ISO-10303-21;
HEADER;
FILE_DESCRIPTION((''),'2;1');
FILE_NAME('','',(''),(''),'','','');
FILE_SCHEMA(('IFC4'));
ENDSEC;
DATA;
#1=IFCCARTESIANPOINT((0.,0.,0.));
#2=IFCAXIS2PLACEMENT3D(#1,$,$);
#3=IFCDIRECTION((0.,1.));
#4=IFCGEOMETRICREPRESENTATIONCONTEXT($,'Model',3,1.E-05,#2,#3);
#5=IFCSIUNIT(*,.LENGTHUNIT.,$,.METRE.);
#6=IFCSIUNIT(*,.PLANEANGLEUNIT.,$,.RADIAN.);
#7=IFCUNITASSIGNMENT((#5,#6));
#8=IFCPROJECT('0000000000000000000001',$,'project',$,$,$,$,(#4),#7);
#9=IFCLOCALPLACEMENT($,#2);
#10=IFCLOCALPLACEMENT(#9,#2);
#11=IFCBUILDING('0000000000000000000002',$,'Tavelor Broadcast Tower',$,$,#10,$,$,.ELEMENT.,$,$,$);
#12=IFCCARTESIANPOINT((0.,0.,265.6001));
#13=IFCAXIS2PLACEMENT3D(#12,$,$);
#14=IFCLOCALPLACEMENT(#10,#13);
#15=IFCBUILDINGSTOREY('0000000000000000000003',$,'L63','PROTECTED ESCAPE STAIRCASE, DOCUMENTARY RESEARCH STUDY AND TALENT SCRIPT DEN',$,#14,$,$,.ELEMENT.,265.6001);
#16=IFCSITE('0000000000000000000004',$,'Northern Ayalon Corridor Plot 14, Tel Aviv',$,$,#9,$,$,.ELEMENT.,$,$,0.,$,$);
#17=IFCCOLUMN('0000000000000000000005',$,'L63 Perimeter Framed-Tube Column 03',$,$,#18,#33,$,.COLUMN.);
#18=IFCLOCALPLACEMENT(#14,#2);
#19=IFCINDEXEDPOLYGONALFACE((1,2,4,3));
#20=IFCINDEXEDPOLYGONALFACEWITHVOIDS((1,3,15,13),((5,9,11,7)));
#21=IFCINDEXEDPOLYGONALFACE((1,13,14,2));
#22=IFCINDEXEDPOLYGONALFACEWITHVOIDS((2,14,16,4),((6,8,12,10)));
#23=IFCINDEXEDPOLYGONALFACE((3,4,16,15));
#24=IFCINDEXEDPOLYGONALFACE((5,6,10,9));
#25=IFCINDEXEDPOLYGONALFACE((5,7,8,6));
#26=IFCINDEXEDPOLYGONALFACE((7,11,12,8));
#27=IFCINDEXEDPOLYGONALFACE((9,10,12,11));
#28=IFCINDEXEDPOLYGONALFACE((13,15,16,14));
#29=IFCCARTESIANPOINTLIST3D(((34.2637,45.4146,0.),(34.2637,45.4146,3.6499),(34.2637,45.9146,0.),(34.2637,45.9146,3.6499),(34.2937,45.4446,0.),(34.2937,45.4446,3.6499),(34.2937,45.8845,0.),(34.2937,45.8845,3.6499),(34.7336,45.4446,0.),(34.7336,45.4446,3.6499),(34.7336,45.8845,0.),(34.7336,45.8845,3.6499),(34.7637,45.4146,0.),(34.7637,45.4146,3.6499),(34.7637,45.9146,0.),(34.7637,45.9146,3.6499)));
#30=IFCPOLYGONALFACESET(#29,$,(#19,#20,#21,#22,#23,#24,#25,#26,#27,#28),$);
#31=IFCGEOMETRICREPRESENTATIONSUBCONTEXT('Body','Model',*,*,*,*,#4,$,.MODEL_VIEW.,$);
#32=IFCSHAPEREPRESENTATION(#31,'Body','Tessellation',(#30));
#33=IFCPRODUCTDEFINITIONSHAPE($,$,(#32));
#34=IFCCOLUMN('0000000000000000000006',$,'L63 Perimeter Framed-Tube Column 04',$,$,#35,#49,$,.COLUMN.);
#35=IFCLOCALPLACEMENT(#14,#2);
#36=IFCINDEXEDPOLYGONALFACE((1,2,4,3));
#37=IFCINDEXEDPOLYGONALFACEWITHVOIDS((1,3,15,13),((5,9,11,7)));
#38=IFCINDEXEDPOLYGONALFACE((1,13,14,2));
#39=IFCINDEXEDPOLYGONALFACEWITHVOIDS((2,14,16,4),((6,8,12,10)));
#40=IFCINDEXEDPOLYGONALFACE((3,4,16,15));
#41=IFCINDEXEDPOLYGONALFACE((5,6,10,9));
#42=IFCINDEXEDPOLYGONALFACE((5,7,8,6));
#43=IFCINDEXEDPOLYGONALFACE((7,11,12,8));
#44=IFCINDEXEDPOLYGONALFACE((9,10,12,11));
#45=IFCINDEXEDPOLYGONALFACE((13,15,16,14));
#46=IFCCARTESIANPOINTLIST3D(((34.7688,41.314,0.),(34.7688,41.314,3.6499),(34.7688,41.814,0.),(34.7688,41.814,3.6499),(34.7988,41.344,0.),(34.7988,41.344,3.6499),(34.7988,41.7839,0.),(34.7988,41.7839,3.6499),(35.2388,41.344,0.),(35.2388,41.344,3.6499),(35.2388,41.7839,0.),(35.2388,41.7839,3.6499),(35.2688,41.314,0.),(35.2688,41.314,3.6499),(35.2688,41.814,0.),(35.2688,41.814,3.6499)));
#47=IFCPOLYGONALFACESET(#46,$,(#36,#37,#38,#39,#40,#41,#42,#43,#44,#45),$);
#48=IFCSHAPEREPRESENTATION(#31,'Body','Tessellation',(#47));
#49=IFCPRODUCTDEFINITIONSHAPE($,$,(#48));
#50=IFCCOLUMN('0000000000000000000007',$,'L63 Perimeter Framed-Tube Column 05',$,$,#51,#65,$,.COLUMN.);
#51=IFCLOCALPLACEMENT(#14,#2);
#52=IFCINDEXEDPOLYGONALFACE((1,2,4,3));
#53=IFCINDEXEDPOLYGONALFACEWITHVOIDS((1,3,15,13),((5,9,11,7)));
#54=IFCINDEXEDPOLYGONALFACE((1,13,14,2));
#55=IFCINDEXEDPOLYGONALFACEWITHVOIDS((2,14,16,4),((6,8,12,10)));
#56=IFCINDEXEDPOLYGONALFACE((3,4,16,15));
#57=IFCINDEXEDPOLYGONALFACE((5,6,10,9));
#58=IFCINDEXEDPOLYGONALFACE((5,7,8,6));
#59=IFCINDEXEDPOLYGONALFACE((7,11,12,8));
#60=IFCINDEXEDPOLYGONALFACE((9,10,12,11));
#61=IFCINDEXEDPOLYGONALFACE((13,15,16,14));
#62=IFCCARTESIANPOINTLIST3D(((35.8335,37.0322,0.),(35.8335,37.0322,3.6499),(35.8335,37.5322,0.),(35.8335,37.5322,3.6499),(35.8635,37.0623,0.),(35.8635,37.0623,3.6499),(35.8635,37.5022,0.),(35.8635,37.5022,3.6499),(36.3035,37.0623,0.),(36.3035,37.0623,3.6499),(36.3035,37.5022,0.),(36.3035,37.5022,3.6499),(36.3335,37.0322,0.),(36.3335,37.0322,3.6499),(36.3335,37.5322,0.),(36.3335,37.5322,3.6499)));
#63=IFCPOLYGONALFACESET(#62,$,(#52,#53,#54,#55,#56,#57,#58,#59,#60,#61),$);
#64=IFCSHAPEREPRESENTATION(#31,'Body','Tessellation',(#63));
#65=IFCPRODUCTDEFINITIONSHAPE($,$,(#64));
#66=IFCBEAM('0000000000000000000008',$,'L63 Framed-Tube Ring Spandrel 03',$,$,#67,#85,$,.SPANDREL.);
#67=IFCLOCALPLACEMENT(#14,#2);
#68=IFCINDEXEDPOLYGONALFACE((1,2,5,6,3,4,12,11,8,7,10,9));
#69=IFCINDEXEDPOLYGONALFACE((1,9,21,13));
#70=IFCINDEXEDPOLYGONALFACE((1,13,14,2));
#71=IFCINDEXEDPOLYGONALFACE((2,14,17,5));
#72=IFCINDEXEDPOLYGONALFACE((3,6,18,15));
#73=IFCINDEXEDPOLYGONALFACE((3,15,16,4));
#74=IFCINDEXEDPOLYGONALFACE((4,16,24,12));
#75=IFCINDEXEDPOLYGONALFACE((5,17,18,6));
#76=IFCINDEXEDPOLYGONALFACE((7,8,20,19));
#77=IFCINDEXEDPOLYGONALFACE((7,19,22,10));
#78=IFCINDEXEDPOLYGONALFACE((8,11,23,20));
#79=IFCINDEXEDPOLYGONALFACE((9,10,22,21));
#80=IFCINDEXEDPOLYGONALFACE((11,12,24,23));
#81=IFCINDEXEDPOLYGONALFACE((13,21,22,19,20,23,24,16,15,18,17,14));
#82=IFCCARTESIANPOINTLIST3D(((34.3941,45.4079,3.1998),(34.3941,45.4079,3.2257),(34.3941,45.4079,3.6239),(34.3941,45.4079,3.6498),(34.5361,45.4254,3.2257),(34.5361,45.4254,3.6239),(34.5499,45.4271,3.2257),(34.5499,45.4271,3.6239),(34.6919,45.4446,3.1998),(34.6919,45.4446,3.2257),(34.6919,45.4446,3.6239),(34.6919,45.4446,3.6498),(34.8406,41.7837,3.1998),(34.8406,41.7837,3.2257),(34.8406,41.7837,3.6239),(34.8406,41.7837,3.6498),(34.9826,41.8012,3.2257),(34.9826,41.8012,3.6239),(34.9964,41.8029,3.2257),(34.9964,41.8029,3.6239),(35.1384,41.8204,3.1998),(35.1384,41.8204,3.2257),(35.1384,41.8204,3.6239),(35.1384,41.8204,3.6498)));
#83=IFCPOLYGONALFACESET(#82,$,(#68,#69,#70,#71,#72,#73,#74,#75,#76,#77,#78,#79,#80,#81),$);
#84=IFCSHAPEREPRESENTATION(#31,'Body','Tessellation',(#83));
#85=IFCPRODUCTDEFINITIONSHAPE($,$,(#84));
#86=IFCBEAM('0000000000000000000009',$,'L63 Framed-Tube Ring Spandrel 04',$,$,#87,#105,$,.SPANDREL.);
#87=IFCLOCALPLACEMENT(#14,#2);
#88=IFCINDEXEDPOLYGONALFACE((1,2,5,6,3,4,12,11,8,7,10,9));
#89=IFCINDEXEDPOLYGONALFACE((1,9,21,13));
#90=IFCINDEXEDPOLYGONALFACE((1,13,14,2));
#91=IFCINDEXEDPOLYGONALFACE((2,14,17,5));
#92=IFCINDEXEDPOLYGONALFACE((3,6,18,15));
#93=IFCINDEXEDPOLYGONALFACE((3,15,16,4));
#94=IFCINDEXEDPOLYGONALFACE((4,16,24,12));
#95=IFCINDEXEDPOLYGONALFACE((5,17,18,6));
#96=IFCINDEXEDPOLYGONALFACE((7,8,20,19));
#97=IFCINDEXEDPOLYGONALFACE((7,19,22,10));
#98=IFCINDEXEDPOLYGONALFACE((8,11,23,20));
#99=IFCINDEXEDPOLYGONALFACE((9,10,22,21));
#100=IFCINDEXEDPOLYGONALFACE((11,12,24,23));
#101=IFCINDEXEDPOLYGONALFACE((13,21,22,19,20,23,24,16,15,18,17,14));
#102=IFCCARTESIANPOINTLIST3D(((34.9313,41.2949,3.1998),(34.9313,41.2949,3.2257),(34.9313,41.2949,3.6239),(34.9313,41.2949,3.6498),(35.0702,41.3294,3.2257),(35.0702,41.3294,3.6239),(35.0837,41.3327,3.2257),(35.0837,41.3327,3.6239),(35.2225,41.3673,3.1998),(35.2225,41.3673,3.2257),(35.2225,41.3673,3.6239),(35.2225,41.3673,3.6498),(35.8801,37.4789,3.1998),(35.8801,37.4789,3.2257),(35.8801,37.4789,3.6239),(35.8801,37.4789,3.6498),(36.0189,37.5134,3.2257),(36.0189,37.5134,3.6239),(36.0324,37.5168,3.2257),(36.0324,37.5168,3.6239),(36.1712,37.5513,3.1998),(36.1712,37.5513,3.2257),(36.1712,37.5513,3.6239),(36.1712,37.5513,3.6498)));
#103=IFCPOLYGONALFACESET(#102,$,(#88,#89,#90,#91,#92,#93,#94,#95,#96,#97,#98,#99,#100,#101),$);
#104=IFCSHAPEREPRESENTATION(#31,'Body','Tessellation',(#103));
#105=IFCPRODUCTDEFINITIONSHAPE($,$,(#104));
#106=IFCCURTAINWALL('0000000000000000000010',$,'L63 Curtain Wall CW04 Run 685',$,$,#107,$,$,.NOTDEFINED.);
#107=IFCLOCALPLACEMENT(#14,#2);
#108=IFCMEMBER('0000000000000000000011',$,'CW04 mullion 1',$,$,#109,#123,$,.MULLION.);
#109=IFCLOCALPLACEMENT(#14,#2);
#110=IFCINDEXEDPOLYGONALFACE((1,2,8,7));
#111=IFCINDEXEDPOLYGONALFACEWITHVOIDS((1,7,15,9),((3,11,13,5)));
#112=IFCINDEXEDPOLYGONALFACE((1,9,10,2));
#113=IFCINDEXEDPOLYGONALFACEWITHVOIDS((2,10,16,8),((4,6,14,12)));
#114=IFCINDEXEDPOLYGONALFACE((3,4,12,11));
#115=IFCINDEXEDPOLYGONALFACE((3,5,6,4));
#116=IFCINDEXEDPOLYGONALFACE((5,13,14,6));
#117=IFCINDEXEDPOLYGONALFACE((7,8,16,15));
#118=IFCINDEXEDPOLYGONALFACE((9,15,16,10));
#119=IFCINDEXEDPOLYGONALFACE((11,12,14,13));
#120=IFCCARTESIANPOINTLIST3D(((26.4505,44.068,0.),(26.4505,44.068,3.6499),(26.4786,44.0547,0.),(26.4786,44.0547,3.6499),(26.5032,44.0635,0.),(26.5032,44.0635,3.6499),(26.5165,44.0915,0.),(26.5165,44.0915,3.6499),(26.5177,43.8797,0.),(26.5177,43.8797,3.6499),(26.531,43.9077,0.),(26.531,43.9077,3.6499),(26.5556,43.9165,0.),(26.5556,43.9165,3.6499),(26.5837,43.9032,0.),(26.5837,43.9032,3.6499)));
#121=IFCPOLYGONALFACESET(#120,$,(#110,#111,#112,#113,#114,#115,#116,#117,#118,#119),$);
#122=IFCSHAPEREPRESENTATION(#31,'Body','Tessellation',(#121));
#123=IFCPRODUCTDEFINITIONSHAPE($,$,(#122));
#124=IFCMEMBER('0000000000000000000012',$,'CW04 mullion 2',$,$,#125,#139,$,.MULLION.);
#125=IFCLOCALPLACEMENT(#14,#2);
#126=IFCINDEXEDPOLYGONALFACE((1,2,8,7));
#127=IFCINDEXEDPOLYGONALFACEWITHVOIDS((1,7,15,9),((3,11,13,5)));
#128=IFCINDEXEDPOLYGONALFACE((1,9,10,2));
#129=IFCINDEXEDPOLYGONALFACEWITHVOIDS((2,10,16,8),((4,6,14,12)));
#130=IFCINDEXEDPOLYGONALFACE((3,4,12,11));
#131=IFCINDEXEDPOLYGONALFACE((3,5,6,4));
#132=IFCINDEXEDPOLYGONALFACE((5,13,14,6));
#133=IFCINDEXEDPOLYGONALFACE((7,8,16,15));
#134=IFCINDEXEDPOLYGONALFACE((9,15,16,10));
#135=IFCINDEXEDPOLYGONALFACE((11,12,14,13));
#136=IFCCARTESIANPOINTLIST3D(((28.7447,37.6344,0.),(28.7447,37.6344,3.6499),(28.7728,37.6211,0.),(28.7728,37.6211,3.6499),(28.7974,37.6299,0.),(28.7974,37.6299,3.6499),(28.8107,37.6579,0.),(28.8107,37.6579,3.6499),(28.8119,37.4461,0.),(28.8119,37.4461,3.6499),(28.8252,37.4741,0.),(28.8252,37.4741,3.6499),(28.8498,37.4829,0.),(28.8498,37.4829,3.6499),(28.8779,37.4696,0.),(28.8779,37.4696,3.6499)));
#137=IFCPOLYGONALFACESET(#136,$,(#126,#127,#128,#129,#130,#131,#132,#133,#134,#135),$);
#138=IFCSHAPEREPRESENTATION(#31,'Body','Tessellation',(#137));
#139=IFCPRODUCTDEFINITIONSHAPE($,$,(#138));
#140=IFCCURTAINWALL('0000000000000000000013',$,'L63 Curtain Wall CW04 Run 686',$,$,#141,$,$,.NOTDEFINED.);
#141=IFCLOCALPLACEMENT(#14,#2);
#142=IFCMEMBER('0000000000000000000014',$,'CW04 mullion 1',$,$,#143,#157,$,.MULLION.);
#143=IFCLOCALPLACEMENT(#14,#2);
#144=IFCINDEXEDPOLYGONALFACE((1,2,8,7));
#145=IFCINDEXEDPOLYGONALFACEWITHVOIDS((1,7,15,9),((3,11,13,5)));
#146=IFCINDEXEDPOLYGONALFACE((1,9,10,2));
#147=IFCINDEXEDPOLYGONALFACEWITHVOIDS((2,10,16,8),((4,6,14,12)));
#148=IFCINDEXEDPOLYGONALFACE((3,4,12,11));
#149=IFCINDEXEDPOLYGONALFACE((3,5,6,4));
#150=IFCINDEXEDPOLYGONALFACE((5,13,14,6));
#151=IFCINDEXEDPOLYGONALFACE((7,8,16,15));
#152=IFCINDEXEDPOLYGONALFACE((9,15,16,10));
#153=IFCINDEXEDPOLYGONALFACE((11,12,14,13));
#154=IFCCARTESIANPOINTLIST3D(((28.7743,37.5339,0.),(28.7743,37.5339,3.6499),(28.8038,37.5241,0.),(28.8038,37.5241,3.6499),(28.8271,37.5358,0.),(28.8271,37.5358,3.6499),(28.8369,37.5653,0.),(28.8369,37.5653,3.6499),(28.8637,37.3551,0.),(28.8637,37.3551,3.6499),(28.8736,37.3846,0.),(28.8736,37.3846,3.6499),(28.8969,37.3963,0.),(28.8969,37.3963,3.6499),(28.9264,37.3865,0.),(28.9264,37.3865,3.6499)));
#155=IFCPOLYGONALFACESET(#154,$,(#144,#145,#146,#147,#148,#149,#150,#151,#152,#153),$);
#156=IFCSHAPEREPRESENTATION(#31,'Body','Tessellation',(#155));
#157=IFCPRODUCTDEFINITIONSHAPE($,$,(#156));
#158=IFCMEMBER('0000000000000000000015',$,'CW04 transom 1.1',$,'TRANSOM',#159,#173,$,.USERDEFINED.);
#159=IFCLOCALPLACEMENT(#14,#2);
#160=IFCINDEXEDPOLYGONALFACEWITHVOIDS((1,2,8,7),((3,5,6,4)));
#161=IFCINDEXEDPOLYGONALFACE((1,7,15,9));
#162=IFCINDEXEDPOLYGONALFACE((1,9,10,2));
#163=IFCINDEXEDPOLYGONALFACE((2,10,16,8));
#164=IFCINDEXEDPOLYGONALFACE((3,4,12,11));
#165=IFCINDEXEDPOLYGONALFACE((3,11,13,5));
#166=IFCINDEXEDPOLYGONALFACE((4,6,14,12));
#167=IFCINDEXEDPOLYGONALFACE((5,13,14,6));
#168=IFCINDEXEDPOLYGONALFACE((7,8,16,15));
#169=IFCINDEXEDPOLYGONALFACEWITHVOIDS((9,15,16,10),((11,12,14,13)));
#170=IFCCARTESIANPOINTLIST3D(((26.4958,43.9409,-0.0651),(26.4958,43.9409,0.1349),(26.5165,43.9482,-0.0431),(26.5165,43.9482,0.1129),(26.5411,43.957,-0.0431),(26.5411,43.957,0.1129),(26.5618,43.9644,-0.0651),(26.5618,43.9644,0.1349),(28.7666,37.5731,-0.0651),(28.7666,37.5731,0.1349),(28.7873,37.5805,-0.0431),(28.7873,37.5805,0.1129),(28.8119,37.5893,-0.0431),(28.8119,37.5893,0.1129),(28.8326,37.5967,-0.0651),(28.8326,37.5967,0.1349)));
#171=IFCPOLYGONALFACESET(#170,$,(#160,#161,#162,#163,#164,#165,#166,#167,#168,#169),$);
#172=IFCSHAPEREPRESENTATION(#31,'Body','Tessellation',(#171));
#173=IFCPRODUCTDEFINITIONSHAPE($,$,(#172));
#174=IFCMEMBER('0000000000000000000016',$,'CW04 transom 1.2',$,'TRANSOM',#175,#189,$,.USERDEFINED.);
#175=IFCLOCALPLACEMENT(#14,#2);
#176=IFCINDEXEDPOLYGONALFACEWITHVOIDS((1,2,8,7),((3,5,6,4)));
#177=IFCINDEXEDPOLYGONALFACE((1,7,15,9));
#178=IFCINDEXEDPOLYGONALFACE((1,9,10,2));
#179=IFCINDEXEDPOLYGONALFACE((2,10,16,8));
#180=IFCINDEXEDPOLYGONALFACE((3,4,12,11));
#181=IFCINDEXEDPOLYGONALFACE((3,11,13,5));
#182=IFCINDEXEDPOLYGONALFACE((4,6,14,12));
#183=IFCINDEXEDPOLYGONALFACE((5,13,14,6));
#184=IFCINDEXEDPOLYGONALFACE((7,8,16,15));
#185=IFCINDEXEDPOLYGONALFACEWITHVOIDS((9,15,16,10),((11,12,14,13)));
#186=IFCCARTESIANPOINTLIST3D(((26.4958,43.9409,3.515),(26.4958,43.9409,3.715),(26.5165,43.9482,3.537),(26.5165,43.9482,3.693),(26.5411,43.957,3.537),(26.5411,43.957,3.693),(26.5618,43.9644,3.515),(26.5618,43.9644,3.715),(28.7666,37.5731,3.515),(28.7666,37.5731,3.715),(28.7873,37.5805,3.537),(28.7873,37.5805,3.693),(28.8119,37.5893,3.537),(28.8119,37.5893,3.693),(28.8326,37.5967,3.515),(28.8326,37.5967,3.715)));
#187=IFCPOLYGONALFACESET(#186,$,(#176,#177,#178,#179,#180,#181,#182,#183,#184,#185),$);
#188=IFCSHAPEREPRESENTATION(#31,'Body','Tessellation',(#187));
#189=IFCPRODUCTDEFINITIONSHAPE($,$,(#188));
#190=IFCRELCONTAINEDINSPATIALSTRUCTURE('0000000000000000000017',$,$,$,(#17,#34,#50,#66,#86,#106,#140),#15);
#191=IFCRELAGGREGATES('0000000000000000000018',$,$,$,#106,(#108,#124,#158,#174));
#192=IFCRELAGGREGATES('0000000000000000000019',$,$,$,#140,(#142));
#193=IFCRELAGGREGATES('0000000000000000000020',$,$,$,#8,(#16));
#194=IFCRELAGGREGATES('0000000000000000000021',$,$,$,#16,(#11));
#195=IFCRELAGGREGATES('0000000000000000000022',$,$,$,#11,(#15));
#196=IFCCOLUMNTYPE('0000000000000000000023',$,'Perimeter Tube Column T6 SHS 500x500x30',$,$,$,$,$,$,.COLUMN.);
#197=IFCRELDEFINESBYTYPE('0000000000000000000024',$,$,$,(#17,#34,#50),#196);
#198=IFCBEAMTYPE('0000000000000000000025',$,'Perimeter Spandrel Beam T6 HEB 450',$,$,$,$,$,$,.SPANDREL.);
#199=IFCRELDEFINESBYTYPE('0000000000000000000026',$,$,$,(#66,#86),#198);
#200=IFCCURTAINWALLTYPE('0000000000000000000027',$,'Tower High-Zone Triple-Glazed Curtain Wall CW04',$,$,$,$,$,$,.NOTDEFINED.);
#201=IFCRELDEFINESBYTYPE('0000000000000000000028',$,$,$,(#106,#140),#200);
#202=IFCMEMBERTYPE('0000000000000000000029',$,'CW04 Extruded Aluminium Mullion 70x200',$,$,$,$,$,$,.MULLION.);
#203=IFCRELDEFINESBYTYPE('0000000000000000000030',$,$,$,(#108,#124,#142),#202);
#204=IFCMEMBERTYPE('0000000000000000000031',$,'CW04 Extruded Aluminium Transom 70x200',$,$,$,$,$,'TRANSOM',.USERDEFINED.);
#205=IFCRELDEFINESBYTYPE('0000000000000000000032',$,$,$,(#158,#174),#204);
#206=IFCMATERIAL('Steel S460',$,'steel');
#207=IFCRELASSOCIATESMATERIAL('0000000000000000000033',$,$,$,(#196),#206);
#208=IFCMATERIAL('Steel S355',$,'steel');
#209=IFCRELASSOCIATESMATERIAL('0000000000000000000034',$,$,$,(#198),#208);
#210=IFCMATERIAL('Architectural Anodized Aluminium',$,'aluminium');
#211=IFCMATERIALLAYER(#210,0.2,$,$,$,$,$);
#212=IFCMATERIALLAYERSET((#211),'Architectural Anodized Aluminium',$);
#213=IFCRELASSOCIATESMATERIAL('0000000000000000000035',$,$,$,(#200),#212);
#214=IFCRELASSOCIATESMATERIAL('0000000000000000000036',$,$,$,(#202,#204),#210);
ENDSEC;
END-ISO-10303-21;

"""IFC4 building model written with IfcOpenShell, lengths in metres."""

from ifc_helpers import new_model, si_unit, direction, frame, origin, origin_2d, place, context, subcontext, project, spatial, hollow_rectangle, i_section, extrude, source, transform, mapped, material, layer, layer_set, material_profile, profile_set, type_object, type_shapes, element, aggregate, save


model = new_model("IFC4")

# Units and contexts
model_context = context("Model", 3, precision=1e-05, world=origin(), true_north=direction((0.0, 1.0)))
body_context = subcontext(model_context, "Body", "Model", "MODEL_VIEW")
ifc_project = project(units=[si_unit("LENGTHUNIT", "METRE"), si_unit("PLANEANGLEUNIT", "RADIAN")], contexts=[model_context])

# Site, building, storey
site_placement = place(None, origin())
site = spatial("IfcSite", under=ifc_project, at=site_placement, Name="Northern Ayalon Corridor Plot 14, Tel Aviv", CompositionType="ELEMENT", RefElevation=0.0)
building_placement = place(site_placement, origin())
building = spatial("IfcBuilding", under=site, at=building_placement, Name="Tavelor Broadcast Tower", CompositionType="ELEMENT")
storey_placement = place(building_placement, frame((0.0, 0.0, 265.6001)))
storey = spatial("IfcBuildingStorey", under=building, at=storey_placement, Name="L63", Description="PROTECTED ESCAPE STAIRCASE, DOCUMENTARY RESEARCH STUDY AND TALENT SCRIPT DEN", CompositionType="ELEMENT", Elevation=265.6001)

# Columns
ifc_material_1 = material(Name="Steel S460", Category="steel")
ifc_material_profile_1 = material_profile(ifc_material_1, hollow_rectangle(XDim=0.5, YDim=0.5, WallThickness=0.03, at=origin_2d()), Name="SHS 500x500x30")
ifc_profile_set_1 = profile_set([ifc_material_profile_1], Name="Steel S460")
column_type = type_object("IfcColumnType", Name="Perimeter Tube Column T6 SHS 500x500x30", PredefinedType="COLUMN", material=ifc_profile_set_1)
for number, where, z_axis, x_axis, name in (
    (1, (34.5137, 45.6646, 0.0), (0.0, 0.0, 1.0), (1.0, 0.0, 0.0), "L63 Perimeter Framed-Tube Column 03"),
    (2, (35.0188, 41.564, 0.0), (0.0, 0.0, 1.0), (1.0, 0.0, 0.0), "L63 Perimeter Framed-Tube Column 04"),
    (3, (36.0835, 37.2822, 0.0), (0.0, 0.0, 1.0), (1.0, 0.0, 0.0), "L63 Perimeter Framed-Tube Column 05"),
):
    element("IfcColumn", number, at=place(storey_placement, frame(where, z_axis=z_axis, x_axis=x_axis)), inside=storey, type_object=column_type, Name=name, PredefinedType="COLUMN", context=body_context, shape_type="SweptSolid", body=[
        extrude(hollow_rectangle(XDim=0.5, YDim=0.5, WallThickness=0.03, at=origin_2d()), origin(), (0.0, 0.0, 1.0), 3.6499),
    ])

# Beams
ifc_material_2 = material(Name="Steel S355", Category="steel")
ifc_material_profile_2 = material_profile(ifc_material_2, i_section(OverallWidth=0.3, OverallDepth=0.45, WebThickness=0.0139, FlangeThickness=0.0259, at=origin_2d()), Name="HEB 450")
ifc_profile_set_2 = profile_set([ifc_material_profile_2], Name="Steel S355")
beam_type = type_object("IfcBeamType", Name="Perimeter Spandrel Beam T6 HEB 450", PredefinedType="SPANDREL", material=ifc_profile_set_2)
beam_1_placement = place(storey_placement, frame((34.543, 45.4263, 3.4248), z_axis=(0.122282, -0.992495, 0.0), x_axis=(0.992495, 0.122282, 0.0)))
element("IfcBeam", 4, at=beam_1_placement, inside=storey, type_object=beam_type, Name="L63 Framed-Tube Ring Spandrel 03", PredefinedType="SPANDREL", context=body_context, shape_type="SweptSolid", body=[
    extrude(i_section(OverallWidth=0.3, OverallDepth=0.45, WebThickness=0.0139, FlangeThickness=0.0259, at=origin_2d()), origin(), (0.0, 0.0, 1.0), 3.6516),
])
beam_2_placement = place(storey_placement, frame((35.0769, 41.3311, 3.4248), z_axis=(0.241279, -0.970456, 0.0), x_axis=(0.970456, 0.241279, 0.0)))
element("IfcBeam", 5, at=beam_2_placement, inside=storey, type_object=beam_type, Name="L63 Framed-Tube Ring Spandrel 04", PredefinedType="SPANDREL", context=body_context, shape_type="SweptSolid", body=[
    extrude(i_section(OverallWidth=0.3, OverallDepth=0.45, WebThickness=0.0139, FlangeThickness=0.0259, at=origin_2d()), origin(), (0.0, 0.0, 1.0), 3.9321),
])

# Curtain wall, members
ifc_material_3 = material(Name="Architectural Anodized Aluminium", Category="aluminium")
ifc_layer_1 = layer(ifc_material_3, 0.2)
ifc_layer_set_1 = layer_set([ifc_layer_1], Name="Architectural Anodized Aluminium")
curtain_wall_type = type_object("IfcCurtainWallType", Name="Tower High-Zone Triple-Glazed Curtain Wall CW04", PredefinedType="NOTDEFINED", material=ifc_layer_set_1)
curtain_wall_1_placement = place(storey_placement, origin())
curtain_wall_1 = element("IfcCurtainWall", 6, at=curtain_wall_1_placement, inside=storey, type_object=curtain_wall_type, Name="L63 Curtain Wall CW04 Run 685", PredefinedType="NOTDEFINED")
ifc_material_profile_3 = material_profile(ifc_material_3, hollow_rectangle(XDim=0.0701, YDim=0.2, WallThickness=0.022, at=origin_2d()), Name="RHS 70x200x22")
ifc_profile_set_3 = profile_set([ifc_material_profile_3], Name="Architectural Anodized Aluminium")
member_type_1 = type_object("IfcMemberType", Name="CW04 Extruded Aluminium Mullion 70x200", PredefinedType="MULLION", material=ifc_profile_set_3)
shared_shape_1 = source(origin(), body_context, "Body", "SweptSolid", [
    extrude(hollow_rectangle(XDim=0.0701, YDim=0.2, WallThickness=0.022, at=origin_2d()), origin(), (0.0, 0.0, 1.0), 3.6499),
])
type_shapes(member_type_1, [shared_shape_1])
member_1_placement = place(storey_placement, frame((26.5171, 43.9856, 0.0), z_axis=(0.0, 0.0, 1.0), x_axis=(0.941909, 0.335867, 0.0)))
member_1 = element("IfcMember", 7, at=member_1_placement, type_object=member_type_1, Name="CW04 mullion 1", PredefinedType="MULLION", context=body_context, shape_type="MappedRepresentation", body=[
    mapped(shared_shape_1, transform((0.0, 0.0, 0.0), scale=1.0)),
])
member_2_placement = place(storey_placement, frame((28.8113, 37.552, 0.0), z_axis=(0.0, 0.0, 1.0), x_axis=(0.941909, 0.335867, 0.0)))
member_2 = element("IfcMember", 8, at=member_2_placement, type_object=member_type_1, Name="CW04 mullion 2", PredefinedType="MULLION", context=body_context, shape_type="MappedRepresentation", body=[
    mapped(shared_shape_1, transform((0.0, 0.0, 0.0), scale=1.0)),
])

# Curtain wall, member
curtain_wall_2_placement = place(storey_placement, origin())
curtain_wall_2 = element("IfcCurtainWall", 9, at=curtain_wall_2_placement, inside=storey, type_object=curtain_wall_type, Name="L63 Curtain Wall CW04 Run 686", PredefinedType="NOTDEFINED")
member_3_placement = place(storey_placement, frame((28.8503, 37.4602, 0.0), z_axis=(0.0, 0.0, 1.0), x_axis=(0.894343, 0.447382, 0.0)))
member_3 = element("IfcMember", 10, at=member_3_placement, type_object=member_type_1, Name="CW04 mullion 1", PredefinedType="MULLION", context=body_context, shape_type="MappedRepresentation", body=[
    mapped(shared_shape_1, transform((0.0, 0.0, 0.0), scale=1.0)),
])

# Members
ifc_material_profile_4 = material_profile(ifc_material_3, hollow_rectangle(XDim=0.0701, YDim=0.2, WallThickness=0.022, at=origin_2d()), Name="RHS 70x200x22")
ifc_profile_set_4 = profile_set([ifc_material_profile_4], Name="Architectural Anodized Aluminium")
member_type_2 = type_object("IfcMemberType", Name="CW04 Extruded Aluminium Transom 70x200", ElementType="TRANSOM", PredefinedType="USERDEFINED", material=ifc_profile_set_4)
shared_shape_2 = source(origin(), body_context, "Body", "SweptSolid", [
    extrude(hollow_rectangle(XDim=0.0701, YDim=0.2, WallThickness=0.022, at=origin_2d()), origin(), (0.0, 0.0, 1.0), 6.7605),
])
member_4_placement = place(storey_placement, frame((26.5288, 43.9526, 0.0349), z_axis=(0.335888, -0.941902, 0.0), x_axis=(0.941902, 0.335888, 0.0)))
member_4 = element("IfcMember", 11, at=member_4_placement, type_object=member_type_2, Name="CW04 transom 1.1", ObjectType="TRANSOM", PredefinedType="USERDEFINED", context=body_context, shape_type="MappedRepresentation", body=[
    mapped(shared_shape_2, transform((0.0, 0.0, 0.0), scale=1.0)),
])
member_5_placement = place(storey_placement, frame((26.5288, 43.9526, 3.615), z_axis=(0.335888, -0.941902, 0.0), x_axis=(0.941902, 0.335888, 0.0)))
member_5 = element("IfcMember", 12, at=member_5_placement, type_object=member_type_2, Name="CW04 transom 1.2", ObjectType="TRANSOM", PredefinedType="USERDEFINED", context=body_context, shape_type="MappedRepresentation", body=[
    mapped(shared_shape_2, transform((0.0, 0.0, 0.0), scale=1.0)),
])

aggregate(curtain_wall_1, [member_1, member_2, member_4, member_5])
aggregate(curtain_wall_2, [member_3])

save(model, "model.ifc")
